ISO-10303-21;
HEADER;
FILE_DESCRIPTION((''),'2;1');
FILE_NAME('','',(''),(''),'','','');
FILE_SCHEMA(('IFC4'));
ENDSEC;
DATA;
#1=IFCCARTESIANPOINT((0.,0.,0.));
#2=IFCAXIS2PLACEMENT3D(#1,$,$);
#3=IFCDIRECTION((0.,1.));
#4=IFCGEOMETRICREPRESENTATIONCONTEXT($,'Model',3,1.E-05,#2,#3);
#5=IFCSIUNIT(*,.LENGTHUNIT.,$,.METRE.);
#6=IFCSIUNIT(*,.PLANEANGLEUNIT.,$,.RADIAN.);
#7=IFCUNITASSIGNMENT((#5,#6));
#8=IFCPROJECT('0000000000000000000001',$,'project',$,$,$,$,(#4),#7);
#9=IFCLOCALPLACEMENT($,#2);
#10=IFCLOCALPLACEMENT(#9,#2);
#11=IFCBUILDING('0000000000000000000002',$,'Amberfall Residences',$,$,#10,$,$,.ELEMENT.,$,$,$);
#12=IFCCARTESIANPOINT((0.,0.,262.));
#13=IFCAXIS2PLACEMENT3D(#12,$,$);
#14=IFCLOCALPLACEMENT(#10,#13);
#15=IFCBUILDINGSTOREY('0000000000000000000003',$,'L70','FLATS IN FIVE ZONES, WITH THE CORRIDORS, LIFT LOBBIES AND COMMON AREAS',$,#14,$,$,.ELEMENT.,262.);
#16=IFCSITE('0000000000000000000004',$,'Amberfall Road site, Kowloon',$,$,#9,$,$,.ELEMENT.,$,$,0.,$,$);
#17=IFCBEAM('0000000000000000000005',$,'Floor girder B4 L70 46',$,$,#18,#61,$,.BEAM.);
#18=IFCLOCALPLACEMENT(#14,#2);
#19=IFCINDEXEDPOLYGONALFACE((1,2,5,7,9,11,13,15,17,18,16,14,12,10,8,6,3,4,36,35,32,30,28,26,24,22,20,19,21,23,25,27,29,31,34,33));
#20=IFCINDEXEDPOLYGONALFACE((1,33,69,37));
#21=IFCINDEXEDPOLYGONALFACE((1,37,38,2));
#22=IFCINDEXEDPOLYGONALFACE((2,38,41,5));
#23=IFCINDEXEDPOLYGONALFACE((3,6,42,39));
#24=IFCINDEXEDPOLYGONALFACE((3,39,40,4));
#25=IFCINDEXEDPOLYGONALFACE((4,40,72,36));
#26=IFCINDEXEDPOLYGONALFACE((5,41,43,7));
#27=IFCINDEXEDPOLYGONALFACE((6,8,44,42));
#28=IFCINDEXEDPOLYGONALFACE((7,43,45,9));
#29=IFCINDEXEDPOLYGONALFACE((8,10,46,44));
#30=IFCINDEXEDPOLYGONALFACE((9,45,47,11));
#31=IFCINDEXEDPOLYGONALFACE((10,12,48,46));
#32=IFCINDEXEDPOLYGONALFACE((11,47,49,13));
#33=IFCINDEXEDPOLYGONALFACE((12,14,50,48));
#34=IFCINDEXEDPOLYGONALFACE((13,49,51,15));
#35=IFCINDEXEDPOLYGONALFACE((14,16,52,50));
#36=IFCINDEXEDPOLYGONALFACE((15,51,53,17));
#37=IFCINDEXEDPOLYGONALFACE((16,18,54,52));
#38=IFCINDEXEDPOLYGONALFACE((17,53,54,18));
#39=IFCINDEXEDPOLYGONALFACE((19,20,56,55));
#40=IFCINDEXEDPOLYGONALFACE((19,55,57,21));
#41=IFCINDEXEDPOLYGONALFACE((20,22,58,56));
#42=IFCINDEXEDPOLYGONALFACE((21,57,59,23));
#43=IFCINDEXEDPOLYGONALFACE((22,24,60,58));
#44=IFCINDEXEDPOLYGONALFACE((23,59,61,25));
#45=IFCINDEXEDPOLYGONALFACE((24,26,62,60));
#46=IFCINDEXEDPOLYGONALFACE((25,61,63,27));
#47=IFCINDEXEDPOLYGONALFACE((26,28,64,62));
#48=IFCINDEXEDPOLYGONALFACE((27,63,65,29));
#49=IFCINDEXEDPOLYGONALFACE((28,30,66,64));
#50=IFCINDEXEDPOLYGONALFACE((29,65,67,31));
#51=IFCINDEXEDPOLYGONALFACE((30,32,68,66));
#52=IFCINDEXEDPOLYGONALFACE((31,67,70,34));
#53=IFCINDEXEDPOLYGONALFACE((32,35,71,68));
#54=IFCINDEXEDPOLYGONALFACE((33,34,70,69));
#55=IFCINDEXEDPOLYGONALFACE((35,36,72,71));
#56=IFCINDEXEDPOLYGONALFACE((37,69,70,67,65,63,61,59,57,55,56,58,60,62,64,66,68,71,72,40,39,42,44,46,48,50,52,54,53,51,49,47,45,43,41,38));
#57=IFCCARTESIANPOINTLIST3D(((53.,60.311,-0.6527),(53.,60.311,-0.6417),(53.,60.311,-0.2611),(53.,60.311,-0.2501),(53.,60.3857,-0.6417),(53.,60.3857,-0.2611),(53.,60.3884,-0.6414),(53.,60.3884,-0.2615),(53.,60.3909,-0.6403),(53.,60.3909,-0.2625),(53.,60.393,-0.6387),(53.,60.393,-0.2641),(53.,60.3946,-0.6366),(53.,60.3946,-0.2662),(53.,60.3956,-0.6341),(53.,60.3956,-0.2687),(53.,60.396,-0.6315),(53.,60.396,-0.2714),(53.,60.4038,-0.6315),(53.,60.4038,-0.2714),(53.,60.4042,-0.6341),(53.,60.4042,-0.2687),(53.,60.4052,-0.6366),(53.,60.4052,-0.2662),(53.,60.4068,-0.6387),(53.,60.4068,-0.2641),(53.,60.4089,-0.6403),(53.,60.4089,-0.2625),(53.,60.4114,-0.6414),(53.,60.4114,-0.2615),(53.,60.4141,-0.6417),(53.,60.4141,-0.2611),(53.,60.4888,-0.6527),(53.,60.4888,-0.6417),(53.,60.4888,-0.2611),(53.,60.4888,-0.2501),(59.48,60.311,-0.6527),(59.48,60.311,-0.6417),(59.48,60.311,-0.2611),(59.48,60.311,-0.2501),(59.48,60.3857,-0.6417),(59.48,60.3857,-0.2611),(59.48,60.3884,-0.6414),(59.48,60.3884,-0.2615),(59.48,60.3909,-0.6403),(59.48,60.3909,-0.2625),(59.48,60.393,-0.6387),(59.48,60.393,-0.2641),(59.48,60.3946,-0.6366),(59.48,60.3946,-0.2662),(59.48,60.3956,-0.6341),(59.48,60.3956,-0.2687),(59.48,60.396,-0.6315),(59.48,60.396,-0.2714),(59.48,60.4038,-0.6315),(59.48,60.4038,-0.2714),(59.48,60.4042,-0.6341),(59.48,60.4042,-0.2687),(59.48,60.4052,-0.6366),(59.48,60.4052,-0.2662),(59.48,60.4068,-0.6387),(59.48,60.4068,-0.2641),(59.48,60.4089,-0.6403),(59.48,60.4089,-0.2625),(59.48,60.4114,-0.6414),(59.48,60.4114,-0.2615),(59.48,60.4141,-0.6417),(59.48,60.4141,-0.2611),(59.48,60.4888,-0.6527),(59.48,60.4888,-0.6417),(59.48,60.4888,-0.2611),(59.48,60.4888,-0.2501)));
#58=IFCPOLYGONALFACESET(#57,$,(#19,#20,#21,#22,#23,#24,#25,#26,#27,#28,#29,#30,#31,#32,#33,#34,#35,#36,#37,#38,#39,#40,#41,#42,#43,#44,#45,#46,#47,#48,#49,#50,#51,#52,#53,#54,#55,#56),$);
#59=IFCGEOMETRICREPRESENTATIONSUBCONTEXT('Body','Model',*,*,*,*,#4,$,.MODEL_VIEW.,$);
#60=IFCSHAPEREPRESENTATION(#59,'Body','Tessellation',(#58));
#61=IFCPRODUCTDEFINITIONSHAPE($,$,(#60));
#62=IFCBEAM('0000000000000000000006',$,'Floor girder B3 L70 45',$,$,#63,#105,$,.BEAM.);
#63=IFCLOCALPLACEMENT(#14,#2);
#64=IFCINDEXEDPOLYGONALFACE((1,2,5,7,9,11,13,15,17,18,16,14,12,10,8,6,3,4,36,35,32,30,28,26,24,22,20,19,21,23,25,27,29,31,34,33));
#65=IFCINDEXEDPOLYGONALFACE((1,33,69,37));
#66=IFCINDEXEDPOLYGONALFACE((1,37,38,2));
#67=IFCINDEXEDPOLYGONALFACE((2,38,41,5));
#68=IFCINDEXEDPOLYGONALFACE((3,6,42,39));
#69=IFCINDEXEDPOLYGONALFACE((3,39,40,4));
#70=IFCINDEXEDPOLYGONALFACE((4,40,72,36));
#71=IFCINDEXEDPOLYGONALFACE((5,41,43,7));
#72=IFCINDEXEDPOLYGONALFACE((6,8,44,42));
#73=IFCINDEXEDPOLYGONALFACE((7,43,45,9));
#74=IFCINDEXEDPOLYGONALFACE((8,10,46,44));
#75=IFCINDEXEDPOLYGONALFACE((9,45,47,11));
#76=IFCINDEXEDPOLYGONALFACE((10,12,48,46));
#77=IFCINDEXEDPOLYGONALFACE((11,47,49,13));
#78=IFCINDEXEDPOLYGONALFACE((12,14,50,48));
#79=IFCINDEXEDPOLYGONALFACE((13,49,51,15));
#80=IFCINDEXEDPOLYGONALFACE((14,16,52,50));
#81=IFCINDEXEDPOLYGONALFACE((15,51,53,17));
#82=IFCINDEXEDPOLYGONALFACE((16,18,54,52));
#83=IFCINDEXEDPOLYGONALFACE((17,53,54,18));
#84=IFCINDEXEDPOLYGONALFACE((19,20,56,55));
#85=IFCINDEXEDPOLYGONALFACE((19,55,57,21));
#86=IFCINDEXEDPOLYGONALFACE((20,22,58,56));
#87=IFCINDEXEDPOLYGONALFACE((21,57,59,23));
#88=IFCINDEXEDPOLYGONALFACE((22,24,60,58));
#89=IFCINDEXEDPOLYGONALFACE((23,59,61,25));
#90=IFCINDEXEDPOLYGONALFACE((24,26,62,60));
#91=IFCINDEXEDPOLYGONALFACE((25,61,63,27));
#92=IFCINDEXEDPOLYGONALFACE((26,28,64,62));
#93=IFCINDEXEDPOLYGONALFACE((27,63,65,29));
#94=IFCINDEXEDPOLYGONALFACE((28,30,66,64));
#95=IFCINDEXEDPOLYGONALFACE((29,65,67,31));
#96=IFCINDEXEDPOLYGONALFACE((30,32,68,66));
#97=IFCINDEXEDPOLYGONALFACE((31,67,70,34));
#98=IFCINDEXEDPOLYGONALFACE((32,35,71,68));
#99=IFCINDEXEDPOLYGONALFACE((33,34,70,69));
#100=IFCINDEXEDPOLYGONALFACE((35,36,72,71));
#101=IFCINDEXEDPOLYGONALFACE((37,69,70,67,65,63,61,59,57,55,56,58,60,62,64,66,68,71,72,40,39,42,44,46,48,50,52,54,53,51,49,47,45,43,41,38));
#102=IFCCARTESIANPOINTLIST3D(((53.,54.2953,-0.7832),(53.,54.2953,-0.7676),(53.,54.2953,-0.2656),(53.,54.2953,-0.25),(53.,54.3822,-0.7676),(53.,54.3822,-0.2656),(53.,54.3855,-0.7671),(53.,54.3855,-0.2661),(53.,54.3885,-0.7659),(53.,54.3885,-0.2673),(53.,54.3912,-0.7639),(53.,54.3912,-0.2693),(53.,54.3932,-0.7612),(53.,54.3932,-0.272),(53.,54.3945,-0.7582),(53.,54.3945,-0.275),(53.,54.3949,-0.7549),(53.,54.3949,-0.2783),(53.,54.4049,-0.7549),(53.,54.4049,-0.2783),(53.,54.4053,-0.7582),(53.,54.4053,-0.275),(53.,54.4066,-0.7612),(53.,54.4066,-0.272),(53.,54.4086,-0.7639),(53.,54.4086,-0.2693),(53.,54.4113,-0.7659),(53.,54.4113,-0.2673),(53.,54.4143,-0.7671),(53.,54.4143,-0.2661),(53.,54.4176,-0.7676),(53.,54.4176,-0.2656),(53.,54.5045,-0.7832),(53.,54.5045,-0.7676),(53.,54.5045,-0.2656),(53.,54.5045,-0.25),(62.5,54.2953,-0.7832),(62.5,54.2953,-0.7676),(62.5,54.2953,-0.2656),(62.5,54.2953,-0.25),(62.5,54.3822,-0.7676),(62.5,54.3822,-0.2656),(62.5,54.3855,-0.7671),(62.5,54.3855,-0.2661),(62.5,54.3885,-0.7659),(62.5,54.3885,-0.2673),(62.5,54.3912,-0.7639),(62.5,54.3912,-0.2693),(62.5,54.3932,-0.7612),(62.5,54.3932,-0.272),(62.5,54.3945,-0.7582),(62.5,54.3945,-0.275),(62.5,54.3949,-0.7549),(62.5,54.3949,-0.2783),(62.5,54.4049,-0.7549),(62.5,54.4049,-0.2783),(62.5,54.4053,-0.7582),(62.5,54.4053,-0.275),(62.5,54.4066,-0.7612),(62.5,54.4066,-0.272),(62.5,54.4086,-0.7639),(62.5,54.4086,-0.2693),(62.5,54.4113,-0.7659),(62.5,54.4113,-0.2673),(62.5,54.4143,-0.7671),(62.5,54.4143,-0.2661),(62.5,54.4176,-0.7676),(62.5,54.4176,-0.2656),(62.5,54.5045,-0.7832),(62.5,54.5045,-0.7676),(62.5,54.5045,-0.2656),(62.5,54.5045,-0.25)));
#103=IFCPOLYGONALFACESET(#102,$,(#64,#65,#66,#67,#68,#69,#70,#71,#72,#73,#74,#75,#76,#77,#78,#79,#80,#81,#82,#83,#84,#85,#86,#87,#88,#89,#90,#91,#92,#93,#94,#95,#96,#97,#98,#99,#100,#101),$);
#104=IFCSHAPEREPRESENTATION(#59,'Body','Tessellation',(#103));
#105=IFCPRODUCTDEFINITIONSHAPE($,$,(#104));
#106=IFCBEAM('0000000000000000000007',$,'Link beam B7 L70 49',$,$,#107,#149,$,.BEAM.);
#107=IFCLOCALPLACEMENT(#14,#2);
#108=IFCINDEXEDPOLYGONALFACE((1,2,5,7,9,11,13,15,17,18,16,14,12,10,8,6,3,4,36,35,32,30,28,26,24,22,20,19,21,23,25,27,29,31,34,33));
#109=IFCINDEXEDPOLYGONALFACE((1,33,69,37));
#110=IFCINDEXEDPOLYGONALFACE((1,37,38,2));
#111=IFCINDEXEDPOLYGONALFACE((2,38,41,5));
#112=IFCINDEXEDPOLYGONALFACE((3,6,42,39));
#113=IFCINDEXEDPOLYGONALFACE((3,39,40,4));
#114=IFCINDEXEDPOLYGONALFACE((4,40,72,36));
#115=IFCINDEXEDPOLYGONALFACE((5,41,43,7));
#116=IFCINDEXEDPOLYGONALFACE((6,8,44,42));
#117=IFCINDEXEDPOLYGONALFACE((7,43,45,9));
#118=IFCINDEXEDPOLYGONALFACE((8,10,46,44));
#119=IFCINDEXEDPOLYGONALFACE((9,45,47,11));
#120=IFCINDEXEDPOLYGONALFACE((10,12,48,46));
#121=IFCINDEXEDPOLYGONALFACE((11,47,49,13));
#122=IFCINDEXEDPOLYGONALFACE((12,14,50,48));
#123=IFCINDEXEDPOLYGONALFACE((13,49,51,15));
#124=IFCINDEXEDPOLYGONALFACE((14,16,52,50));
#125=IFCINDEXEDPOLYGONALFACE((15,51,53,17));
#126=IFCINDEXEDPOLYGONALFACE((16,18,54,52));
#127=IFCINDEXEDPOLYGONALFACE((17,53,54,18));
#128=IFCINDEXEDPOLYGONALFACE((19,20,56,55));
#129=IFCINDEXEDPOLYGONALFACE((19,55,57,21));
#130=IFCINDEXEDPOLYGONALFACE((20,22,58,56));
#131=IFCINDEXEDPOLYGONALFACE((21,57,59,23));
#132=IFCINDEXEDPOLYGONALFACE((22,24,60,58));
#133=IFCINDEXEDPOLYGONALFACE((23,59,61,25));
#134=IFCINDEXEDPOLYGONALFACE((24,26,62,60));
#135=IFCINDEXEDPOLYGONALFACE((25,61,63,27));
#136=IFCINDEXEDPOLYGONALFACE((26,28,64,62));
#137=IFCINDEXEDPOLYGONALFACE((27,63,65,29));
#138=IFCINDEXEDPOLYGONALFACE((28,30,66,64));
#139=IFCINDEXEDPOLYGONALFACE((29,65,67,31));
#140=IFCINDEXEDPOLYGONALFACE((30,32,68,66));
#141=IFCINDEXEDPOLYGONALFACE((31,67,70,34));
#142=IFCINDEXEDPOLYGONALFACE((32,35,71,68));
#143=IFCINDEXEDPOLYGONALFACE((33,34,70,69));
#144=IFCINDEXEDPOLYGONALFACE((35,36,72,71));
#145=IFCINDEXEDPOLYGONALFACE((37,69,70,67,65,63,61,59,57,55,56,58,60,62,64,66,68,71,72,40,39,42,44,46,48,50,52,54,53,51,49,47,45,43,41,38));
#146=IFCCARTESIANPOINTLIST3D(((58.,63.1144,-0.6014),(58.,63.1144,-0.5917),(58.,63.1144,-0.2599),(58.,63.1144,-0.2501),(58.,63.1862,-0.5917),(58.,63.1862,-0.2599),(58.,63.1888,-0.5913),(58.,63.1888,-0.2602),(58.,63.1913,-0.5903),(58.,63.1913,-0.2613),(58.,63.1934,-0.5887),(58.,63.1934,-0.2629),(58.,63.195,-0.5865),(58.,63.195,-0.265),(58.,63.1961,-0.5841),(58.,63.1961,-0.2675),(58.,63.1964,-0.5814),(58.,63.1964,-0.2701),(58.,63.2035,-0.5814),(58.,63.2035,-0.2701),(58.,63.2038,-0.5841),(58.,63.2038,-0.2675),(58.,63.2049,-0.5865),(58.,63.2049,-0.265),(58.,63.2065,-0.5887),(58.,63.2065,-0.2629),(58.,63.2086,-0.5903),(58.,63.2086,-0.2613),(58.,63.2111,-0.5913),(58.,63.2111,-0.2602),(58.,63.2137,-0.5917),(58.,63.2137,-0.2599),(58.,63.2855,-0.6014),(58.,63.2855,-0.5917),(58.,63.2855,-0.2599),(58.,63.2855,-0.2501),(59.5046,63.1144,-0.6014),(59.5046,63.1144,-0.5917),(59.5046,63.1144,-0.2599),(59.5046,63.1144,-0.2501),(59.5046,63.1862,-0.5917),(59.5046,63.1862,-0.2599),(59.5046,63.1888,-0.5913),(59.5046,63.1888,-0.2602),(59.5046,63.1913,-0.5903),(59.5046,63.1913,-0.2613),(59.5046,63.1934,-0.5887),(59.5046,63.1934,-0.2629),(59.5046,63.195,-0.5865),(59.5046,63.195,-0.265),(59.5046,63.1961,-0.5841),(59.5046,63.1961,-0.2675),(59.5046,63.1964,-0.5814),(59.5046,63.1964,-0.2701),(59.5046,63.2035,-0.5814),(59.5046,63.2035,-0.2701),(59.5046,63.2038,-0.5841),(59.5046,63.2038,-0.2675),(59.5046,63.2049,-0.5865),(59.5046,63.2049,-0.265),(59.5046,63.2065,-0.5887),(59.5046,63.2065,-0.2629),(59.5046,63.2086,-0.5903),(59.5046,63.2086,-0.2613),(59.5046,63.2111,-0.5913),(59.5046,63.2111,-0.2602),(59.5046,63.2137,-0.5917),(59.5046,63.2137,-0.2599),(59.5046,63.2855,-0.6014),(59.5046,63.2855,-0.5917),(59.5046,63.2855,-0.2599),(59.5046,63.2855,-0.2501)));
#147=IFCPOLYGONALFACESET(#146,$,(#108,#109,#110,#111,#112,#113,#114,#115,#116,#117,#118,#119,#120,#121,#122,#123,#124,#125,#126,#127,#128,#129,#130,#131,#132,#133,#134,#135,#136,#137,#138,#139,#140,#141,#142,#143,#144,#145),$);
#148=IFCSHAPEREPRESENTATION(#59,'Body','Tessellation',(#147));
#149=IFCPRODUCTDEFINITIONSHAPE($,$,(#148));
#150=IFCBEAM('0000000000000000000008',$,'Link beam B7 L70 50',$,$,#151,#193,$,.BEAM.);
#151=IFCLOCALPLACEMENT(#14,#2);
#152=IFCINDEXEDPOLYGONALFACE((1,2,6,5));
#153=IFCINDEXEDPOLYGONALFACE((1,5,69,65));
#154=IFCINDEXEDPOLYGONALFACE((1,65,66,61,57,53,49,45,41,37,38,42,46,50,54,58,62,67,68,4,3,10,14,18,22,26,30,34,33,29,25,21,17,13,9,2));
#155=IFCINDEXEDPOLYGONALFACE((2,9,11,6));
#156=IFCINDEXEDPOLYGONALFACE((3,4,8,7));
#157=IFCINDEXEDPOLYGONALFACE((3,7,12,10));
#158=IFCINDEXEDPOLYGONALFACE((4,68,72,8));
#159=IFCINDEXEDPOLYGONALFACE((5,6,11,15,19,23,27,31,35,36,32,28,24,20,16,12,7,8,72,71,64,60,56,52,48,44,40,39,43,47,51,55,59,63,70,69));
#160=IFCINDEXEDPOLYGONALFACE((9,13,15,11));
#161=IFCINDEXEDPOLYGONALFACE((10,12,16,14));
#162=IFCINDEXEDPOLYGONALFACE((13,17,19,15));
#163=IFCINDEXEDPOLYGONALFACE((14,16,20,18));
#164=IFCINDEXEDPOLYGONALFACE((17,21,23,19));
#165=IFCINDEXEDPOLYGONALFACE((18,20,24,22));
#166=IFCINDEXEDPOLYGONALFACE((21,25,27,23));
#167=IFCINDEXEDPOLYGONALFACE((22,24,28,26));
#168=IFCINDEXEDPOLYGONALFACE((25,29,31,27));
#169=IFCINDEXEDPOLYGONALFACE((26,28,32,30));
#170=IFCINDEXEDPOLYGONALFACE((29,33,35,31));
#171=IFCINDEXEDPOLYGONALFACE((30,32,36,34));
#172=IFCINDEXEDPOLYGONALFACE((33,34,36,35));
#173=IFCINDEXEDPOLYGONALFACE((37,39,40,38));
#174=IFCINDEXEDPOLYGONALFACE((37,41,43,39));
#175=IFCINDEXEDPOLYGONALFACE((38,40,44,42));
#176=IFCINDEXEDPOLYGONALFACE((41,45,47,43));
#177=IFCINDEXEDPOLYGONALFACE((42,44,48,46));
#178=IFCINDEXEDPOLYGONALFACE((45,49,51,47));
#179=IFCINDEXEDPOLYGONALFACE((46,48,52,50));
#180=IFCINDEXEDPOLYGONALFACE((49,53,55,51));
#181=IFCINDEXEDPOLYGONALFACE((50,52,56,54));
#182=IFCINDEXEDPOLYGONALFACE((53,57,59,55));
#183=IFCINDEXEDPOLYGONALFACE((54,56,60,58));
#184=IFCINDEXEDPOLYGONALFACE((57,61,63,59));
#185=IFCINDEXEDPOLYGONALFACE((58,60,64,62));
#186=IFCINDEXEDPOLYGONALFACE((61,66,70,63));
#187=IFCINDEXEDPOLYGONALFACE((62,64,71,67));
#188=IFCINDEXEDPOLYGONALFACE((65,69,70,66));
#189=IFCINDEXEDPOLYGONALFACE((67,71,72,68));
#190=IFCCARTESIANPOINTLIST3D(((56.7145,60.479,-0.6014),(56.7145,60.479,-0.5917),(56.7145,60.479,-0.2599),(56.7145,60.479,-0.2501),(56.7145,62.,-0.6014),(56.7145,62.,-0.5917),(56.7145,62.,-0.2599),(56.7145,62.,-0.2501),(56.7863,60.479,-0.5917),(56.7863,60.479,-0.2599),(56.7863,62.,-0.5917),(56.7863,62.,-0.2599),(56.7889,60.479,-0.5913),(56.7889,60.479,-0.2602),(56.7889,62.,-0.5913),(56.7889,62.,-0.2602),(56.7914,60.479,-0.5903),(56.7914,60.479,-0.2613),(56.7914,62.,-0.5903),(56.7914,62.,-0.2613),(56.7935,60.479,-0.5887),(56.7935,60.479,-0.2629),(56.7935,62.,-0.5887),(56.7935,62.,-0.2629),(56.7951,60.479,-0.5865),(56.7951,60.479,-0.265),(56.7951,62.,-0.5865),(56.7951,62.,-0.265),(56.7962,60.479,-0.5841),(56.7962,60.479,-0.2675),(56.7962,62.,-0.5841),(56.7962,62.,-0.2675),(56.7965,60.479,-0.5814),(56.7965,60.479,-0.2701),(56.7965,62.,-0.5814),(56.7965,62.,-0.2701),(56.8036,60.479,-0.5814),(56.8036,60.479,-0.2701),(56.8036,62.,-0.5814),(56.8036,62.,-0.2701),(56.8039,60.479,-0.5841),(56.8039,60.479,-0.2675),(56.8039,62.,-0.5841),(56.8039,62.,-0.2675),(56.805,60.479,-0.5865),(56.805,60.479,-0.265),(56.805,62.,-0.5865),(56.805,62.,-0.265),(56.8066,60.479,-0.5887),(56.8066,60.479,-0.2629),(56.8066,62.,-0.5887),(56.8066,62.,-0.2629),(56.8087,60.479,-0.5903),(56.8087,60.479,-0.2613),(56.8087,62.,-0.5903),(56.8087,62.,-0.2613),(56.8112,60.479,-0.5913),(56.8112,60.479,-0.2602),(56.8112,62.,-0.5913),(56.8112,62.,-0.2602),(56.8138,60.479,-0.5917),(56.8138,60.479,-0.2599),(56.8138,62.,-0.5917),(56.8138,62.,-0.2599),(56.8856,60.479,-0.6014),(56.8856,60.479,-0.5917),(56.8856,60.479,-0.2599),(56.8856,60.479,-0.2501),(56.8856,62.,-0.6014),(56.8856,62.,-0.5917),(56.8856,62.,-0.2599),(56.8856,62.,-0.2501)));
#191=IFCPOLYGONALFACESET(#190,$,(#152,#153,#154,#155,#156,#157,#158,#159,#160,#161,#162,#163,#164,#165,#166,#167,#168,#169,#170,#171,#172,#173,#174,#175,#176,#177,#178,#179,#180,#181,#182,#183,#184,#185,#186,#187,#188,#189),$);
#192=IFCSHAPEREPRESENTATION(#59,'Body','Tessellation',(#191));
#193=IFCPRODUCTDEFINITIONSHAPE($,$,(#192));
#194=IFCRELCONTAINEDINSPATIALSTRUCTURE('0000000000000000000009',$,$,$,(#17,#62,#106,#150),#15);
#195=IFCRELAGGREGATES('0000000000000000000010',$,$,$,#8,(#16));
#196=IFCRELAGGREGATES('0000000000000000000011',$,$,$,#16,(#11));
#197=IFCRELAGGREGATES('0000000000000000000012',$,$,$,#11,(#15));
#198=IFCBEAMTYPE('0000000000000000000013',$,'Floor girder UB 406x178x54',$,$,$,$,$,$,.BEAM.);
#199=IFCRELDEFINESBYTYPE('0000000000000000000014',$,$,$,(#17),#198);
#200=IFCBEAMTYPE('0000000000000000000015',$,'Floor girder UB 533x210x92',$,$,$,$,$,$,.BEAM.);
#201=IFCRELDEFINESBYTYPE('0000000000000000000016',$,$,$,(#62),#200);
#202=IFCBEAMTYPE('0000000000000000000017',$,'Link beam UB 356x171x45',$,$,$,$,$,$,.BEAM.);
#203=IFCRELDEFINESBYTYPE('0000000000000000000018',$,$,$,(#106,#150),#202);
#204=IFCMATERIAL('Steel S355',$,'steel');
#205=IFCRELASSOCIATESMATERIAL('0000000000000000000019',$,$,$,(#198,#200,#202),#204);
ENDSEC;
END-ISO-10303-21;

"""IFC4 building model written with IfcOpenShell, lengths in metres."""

from ifc_helpers import new_model, si_unit, direction, frame, origin, origin_2d, place, context, subcontext, project, spatial, i_section, extrude, material, material_profile, profile_set, type_object, element, save


model = new_model("IFC4")

# Units and contexts
model_context = context("Model", 3, precision=1e-05, world=origin(), true_north=direction((0.0, 1.0)))
body_context = subcontext(model_context, "Body", "Model", "MODEL_VIEW")
ifc_project = project(units=[si_unit("LENGTHUNIT", "METRE"), si_unit("PLANEANGLEUNIT", "RADIAN")], contexts=[model_context])

# Site, building, storey
site_placement = place(None, origin())
site = spatial("IfcSite", under=ifc_project, at=site_placement, Name="Amberfall Road site, Kowloon", CompositionType="ELEMENT", RefElevation=0.0)
building_placement = place(site_placement, origin())
building = spatial("IfcBuilding", under=site, at=building_placement, Name="Amberfall Residences", CompositionType="ELEMENT")
storey_placement = place(building_placement, frame((0.0, 0.0, 262.0)))
storey = spatial("IfcBuildingStorey", under=building, at=storey_placement, Name="L70", Description="FLATS IN FIVE ZONES, WITH THE CORRIDORS, LIFT LOBBIES AND COMMON AREAS", CompositionType="ELEMENT", Elevation=262.0)

# Shared definitions
ifc_material_1 = material(Name="Steel S355", Category="steel")

# Beams
ifc_material_profile_1 = material_profile(ifc_material_1, i_section(OverallWidth=0.1777, OverallDepth=0.4026, WebThickness=0.0078, FlangeThickness=0.011, FilletRadius=0.0103, at=origin_2d()), Name="UB 406x178x54")
ifc_profile_set_1 = profile_set([ifc_material_profile_1], Name="Steel S355")
beam_type_1 = type_object("IfcBeamType", Name="Floor girder UB 406x178x54", PredefinedType="BEAM", material=ifc_profile_set_1)
beam_1_placement = place(storey_placement, frame((53.0, 60.3999, -0.4514), z_axis=(1.0, 0.0, 0.0), x_axis=(0.0, 1.0, 0.0)))
element("IfcBeam", 1, at=beam_1_placement, inside=storey, type_object=beam_type_1, Name="Floor girder B4 L70 46", PredefinedType="BEAM", context=body_context, shape_type="SweptSolid", body=[
    extrude(i_section(OverallWidth=0.1777, OverallDepth=0.4026, WebThickness=0.0078, FlangeThickness=0.011, FilletRadius=0.0103, at=origin_2d()), origin(), (0.0, 0.0, 1.0), 6.48),
])
ifc_material_profile_2 = material_profile(ifc_material_1, i_section(OverallWidth=0.2092, OverallDepth=0.5332, WebThickness=0.01, FlangeThickness=0.0156, FilletRadius=0.0127, at=origin_2d()), Name="UB 533x210x92")
ifc_profile_set_2 = profile_set([ifc_material_profile_2], Name="Steel S355")
beam_type_2 = type_object("IfcBeamType", Name="Floor girder UB 533x210x92", PredefinedType="BEAM", material=ifc_profile_set_2)
beam_2_placement = place(storey_placement, frame((53.0, 54.3999, -0.5166), z_axis=(1.0, 0.0, 0.0), x_axis=(0.0, 1.0, 0.0)))
element("IfcBeam", 2, at=beam_2_placement, inside=storey, type_object=beam_type_2, Name="Floor girder B3 L70 45", PredefinedType="BEAM", context=body_context, shape_type="SweptSolid", body=[
    extrude(i_section(OverallWidth=0.2092, OverallDepth=0.5332, WebThickness=0.01, FlangeThickness=0.0156, FilletRadius=0.0127, at=origin_2d()), origin(), (0.0, 0.0, 1.0), 9.5),
])
ifc_material_profile_3 = material_profile(ifc_material_1, i_section(OverallWidth=0.1711, OverallDepth=0.3513, WebThickness=0.0071, FlangeThickness=0.0098, FilletRadius=0.0103, at=origin_2d()), Name="UB 356x171x45")
ifc_profile_set_3 = profile_set([ifc_material_profile_3], Name="Steel S355")
beam_type_3 = type_object("IfcBeamType", Name="Link beam UB 356x171x45", PredefinedType="BEAM", material=ifc_profile_set_3)
beam_3_placement = place(storey_placement, frame((58.0, 63.2, -0.4258), z_axis=(1.0, 0.0, 0.0), x_axis=(0.0, 1.0, 0.0)))
element("IfcBeam", 3, at=beam_3_placement, inside=storey, type_object=beam_type_3, Name="Link beam B7 L70 49", PredefinedType="BEAM", context=body_context, shape_type="SweptSolid", body=[
    extrude(i_section(OverallWidth=0.1711, OverallDepth=0.3513, WebThickness=0.0071, FlangeThickness=0.0098, FilletRadius=0.0103, at=origin_2d()), origin(), (0.0, 0.0, 1.0), 1.5046),
])
beam_4_placement = place(storey_placement, frame((56.8, 62.0, -0.4258), z_axis=(0.0, -1.0, 0.0), x_axis=(1.0, 0.0, 0.0)))
element("IfcBeam", 4, at=beam_4_placement, inside=storey, type_object=beam_type_3, Name="Link beam B7 L70 50", PredefinedType="BEAM", context=body_context, shape_type="SweptSolid", body=[
    extrude(i_section(OverallWidth=0.1711, OverallDepth=0.3513, WebThickness=0.0071, FlangeThickness=0.0098, FilletRadius=0.0103, at=origin_2d()), origin(), (0.0, 0.0, 1.0), 1.521),
])

save(model, "model.ifc")
